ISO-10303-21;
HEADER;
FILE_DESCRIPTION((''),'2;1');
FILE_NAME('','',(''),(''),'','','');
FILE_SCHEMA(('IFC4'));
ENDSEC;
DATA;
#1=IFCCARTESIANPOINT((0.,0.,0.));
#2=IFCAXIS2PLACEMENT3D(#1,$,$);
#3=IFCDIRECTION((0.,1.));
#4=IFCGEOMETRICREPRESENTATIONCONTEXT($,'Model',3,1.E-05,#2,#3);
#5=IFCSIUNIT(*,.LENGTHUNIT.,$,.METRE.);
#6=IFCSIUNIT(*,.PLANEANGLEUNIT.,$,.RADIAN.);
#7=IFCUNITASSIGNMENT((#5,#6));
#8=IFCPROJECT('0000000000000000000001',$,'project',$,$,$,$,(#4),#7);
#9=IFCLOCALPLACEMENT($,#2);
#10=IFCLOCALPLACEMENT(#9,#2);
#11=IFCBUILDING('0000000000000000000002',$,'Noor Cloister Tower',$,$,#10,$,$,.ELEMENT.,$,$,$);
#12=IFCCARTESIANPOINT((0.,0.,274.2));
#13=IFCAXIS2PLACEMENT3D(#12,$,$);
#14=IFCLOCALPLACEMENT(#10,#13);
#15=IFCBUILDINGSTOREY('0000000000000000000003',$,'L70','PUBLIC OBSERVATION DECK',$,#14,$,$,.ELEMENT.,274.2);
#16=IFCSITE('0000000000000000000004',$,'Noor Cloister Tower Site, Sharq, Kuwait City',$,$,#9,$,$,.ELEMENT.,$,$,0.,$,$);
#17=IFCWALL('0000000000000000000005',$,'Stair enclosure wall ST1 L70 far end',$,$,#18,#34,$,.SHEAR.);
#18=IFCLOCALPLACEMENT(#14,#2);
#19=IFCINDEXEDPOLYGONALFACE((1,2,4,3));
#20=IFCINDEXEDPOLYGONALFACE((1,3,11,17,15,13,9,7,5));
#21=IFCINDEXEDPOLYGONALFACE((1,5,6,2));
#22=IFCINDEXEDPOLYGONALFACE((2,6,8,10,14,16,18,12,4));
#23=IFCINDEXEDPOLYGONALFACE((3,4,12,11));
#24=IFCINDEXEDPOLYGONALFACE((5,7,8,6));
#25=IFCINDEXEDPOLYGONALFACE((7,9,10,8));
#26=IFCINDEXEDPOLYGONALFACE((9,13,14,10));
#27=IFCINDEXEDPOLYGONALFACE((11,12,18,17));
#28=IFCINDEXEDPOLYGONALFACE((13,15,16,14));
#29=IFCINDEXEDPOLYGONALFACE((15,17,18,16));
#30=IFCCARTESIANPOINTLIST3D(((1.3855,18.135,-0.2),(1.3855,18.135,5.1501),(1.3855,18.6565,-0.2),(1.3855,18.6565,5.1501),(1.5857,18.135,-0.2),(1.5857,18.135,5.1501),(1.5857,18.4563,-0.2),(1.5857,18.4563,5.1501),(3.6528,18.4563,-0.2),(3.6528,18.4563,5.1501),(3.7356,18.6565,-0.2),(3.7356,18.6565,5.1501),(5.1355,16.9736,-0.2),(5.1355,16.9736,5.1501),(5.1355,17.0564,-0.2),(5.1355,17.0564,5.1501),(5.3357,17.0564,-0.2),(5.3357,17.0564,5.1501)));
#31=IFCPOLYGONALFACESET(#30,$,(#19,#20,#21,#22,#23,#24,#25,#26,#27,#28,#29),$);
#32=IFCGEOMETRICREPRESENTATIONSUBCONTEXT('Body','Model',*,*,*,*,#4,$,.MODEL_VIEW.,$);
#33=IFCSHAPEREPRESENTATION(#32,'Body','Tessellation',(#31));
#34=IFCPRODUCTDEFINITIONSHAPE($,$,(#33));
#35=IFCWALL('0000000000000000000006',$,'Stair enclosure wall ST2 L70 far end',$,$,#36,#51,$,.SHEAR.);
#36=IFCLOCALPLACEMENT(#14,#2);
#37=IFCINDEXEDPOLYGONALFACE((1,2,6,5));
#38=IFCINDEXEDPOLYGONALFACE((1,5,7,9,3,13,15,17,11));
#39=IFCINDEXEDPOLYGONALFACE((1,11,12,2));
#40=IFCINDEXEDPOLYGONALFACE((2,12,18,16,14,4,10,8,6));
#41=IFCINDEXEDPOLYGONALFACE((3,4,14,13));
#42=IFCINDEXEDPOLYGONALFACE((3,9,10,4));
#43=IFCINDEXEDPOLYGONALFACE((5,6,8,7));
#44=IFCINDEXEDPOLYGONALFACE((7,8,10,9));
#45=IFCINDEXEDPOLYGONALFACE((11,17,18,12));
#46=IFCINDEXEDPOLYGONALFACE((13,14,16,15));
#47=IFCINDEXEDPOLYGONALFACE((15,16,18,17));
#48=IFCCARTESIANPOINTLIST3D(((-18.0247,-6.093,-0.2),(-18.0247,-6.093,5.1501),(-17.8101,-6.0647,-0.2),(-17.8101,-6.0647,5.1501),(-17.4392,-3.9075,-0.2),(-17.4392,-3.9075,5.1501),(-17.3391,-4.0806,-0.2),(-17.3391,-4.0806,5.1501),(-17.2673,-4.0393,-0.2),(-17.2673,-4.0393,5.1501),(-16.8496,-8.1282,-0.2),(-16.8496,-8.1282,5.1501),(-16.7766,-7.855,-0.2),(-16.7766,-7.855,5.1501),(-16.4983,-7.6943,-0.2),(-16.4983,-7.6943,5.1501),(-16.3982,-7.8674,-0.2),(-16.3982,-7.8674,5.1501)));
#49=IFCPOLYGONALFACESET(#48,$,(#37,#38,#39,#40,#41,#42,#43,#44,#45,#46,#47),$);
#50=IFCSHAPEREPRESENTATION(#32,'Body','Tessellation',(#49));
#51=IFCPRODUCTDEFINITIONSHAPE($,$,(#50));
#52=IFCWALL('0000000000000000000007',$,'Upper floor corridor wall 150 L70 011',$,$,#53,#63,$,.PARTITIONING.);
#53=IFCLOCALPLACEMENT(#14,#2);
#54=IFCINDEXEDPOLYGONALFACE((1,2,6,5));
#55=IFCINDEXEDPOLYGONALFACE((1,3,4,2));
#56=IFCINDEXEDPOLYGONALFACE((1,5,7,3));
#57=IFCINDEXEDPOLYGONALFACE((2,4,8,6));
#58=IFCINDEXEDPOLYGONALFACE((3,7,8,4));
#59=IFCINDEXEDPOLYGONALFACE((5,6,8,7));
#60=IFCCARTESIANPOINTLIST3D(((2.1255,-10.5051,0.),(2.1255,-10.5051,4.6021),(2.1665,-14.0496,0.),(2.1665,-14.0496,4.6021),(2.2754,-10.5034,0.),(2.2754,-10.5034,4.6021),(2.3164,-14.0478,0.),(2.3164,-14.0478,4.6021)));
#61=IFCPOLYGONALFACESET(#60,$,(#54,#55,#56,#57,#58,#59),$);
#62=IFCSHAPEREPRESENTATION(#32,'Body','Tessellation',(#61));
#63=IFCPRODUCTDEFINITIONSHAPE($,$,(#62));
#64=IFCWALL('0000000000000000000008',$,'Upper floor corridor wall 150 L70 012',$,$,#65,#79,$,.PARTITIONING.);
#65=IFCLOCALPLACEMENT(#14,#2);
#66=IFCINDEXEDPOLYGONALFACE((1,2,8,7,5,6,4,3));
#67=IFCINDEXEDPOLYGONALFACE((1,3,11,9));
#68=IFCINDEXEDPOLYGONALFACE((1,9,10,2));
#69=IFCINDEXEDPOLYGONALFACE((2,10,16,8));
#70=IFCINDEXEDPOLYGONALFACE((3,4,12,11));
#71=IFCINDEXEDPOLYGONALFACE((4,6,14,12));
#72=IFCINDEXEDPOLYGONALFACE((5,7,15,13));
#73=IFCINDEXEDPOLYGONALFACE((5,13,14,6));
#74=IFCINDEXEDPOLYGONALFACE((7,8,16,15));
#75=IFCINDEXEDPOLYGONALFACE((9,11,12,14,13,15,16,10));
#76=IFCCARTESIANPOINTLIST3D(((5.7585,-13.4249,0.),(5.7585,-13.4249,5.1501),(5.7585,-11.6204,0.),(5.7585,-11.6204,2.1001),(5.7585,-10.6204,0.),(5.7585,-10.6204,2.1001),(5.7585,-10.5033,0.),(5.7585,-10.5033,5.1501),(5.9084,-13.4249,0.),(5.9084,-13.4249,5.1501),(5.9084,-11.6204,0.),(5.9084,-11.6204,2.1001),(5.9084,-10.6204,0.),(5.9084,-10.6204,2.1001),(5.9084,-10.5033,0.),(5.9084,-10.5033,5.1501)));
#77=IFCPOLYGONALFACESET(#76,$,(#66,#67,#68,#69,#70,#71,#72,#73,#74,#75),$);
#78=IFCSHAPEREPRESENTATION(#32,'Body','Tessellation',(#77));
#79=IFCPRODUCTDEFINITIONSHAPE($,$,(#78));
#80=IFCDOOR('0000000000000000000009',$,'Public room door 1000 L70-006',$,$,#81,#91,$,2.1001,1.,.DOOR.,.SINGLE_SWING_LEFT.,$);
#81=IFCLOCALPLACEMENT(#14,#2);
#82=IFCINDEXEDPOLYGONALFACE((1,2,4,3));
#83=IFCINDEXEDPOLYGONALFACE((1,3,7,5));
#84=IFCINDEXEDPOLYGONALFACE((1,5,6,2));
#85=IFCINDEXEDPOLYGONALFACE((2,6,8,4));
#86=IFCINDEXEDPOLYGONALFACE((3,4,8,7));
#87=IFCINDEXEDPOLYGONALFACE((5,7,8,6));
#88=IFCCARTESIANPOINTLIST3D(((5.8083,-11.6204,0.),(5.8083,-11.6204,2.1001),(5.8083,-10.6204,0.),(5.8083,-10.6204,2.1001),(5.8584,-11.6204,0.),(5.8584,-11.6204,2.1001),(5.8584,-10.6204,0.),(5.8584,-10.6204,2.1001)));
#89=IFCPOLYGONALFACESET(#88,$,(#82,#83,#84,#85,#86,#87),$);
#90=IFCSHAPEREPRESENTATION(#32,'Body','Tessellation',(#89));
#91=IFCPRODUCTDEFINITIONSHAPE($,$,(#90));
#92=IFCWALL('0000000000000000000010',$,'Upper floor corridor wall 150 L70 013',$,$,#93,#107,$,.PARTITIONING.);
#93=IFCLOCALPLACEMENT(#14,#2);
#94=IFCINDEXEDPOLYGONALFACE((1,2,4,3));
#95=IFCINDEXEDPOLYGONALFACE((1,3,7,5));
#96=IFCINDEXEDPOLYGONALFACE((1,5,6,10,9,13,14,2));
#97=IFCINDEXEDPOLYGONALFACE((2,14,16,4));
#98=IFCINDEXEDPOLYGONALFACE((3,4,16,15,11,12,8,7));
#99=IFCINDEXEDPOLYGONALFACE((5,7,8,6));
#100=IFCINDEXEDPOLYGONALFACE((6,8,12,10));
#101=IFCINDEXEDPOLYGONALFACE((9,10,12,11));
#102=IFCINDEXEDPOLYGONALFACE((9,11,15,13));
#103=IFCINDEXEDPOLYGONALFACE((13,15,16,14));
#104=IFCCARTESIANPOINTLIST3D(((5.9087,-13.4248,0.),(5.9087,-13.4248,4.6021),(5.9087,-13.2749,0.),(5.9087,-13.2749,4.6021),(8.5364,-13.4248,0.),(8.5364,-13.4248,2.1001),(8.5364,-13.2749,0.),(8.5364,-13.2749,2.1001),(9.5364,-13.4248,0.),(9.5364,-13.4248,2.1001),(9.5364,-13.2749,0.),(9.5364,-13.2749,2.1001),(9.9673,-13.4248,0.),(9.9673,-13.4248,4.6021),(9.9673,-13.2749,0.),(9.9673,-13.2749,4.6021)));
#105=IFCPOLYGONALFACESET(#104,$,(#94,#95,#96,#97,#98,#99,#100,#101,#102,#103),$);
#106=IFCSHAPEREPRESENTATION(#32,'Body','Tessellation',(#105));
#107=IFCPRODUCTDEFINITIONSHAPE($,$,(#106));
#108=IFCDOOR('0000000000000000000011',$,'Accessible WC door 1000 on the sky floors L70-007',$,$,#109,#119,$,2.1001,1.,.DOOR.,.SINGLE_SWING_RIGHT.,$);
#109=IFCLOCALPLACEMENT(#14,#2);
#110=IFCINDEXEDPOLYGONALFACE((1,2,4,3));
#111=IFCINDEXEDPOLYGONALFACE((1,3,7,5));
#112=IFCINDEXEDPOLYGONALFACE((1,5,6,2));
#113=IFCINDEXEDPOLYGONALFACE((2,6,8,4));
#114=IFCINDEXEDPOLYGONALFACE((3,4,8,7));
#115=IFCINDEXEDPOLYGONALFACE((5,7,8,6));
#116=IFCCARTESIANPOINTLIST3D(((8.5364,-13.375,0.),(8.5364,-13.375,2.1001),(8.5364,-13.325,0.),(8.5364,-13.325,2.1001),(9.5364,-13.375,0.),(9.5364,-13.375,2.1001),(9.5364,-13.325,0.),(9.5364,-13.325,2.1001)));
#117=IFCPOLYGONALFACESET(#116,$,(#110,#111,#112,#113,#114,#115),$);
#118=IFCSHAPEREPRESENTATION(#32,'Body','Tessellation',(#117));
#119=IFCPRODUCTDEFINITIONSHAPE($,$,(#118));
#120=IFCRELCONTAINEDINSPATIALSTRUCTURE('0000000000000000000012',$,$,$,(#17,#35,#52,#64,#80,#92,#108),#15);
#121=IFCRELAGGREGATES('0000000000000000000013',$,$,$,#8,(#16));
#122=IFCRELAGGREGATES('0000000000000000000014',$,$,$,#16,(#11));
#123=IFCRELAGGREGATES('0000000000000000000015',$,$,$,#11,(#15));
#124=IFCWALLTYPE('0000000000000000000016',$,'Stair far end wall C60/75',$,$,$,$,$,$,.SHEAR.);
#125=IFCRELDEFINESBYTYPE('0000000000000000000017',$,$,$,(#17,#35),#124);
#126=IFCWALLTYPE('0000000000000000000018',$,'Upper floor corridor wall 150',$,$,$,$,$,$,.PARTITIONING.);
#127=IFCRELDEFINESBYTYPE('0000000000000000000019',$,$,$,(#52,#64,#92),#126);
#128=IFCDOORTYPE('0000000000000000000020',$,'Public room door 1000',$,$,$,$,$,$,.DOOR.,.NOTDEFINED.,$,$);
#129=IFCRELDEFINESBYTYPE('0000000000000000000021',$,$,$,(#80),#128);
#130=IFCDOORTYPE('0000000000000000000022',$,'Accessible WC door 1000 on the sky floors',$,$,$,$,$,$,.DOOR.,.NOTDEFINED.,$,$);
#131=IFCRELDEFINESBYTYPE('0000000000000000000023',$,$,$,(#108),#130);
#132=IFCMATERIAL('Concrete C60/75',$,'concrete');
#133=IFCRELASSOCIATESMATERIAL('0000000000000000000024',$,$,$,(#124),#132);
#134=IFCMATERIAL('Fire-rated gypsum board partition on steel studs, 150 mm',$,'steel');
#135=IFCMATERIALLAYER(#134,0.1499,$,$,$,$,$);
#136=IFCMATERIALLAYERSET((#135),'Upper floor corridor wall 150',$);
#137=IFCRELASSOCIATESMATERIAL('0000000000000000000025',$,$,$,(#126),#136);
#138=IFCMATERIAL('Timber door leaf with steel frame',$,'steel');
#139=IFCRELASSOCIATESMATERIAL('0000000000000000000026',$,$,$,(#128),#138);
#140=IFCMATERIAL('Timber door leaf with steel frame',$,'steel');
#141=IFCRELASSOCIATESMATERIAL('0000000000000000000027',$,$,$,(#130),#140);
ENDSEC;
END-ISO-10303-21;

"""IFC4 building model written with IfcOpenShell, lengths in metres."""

from ifc_helpers import new_model, si_unit, direction, frame, frame_2d, origin, place, context, subcontext, project, spatial, polyline, rectangle, outline, extrude, material, layer, layer_set, type_object, element, fill, save


model = new_model("IFC4")

# Units and contexts
model_context = context("Model", 3, precision=1e-05, world=origin(), true_north=direction((0.0, 1.0)))
body_context = subcontext(model_context, "Body", "Model", "MODEL_VIEW")
ifc_project = project(units=[si_unit("LENGTHUNIT", "METRE"), si_unit("PLANEANGLEUNIT", "RADIAN")], contexts=[model_context])

# Site, building, storey
site_placement = place(None, origin())
site = spatial("IfcSite", under=ifc_project, at=site_placement, Name="Noor Cloister Tower Site, Sharq, Kuwait City", CompositionType="ELEMENT", RefElevation=0.0)
building_placement = place(site_placement, origin())
building = spatial("IfcBuilding", under=site, at=building_placement, Name="Noor Cloister Tower", CompositionType="ELEMENT")
storey_placement = place(building_placement, frame((0.0, 0.0, 274.2)))
storey = spatial("IfcBuildingStorey", under=building, at=storey_placement, Name="L70", Description="PUBLIC OBSERVATION DECK", CompositionType="ELEMENT", Elevation=274.2)

# Walls
ifc_material_1 = material(Name="Concrete C60/75", Category="concrete")
wall_type_1 = type_object("IfcWallType", Name="Stair far end wall C60/75", PredefinedType="SHEAR", material=ifc_material_1)
wall_1_placement = place(storey_placement, frame((0.0, 0.0, -0.2)))
element("IfcWall", 1, at=wall_1_placement, inside=storey, type_object=wall_type_1, Name="Stair enclosure wall ST1 L70 far end", PredefinedType="SHEAR", context=body_context, shape_type="SweptSolid", body=[
    extrude(outline(polyline([(5.3357, 17.0564), (3.7356, 18.6565), (1.3855, 18.6565), (1.3855, 18.135), (1.5857, 18.135), (1.5857, 18.4563), (3.6528, 18.4563), (5.1355, 16.9736), (5.1355, 17.0564), (5.1355, 17.0564), (5.1355, 17.0564), (5.1355, 17.0564), (5.1355, 17.0564), (5.1355, 17.0564), (5.1355, 17.0564), (5.1355, 17.0564), (5.1355, 17.0564), (5.1355, 17.0564), (5.1355, 17.0564), (5.1355, 17.0564), (5.1355, 17.0564), (5.1355, 17.0564), (5.1355, 17.0564), (5.1355, 17.0564), (5.1355, 17.0564), (5.3357, 17.0564)])), origin(), (0.0, 0.0, 1.0), 5.3501),
])
wall_2_placement = place(storey_placement, frame((0.0, 0.0, -0.2)))
element("IfcWall", 2, at=wall_2_placement, inside=storey, type_object=wall_type_1, Name="Stair enclosure wall ST2 L70 far end", PredefinedType="SHEAR", context=body_context, shape_type="SweptSolid", body=[
    extrude(outline(polyline([(-17.4392, -3.9075), (-18.0247, -6.093), (-16.8496, -8.1282), (-16.3982, -7.8674), (-16.4983, -7.6943), (-16.4983, -7.6943), (-16.7766, -7.855), (-17.8101, -6.0647), (-17.2673, -4.0393), (-17.3391, -4.0806), (-17.3391, -4.0806), (-17.3391, -4.0806), (-17.3391, -4.0806), (-17.3391, -4.0806), (-17.3391, -4.0806), (-17.3391, -4.0806), (-17.3391, -4.0806), (-17.3391, -4.0806), (-17.3391, -4.0806), (-17.3391, -4.0806), (-17.3391, -4.0806), (-17.3391, -4.0806), (-17.3391, -4.0806), (-17.3391, -4.0806), (-17.3391, -4.0806), (-17.3391, -4.0806), (-17.4392, -3.9075)])), origin(), (0.0, 0.0, 1.0), 5.3501),
])
ifc_material_2 = material(Name="Fire-rated gypsum board partition on steel studs, 150 mm", Category="steel")
ifc_layer_1 = layer(ifc_material_2, 0.1499)
ifc_layer_set_1 = layer_set([ifc_layer_1], Name="Upper floor corridor wall 150")
wall_type_2 = type_object("IfcWallType", Name="Upper floor corridor wall 150", PredefinedType="PARTITIONING", material=ifc_layer_set_1)
wall_3_placement = place(storey_placement, frame((2.2004, -10.5042, 0.0), z_axis=(0.0, 0.0, 1.0), x_axis=(0.011571, -0.999933, 0.0)))
element("IfcWall", 3, at=wall_3_placement, inside=storey, type_object=wall_type_2, Name="Upper floor corridor wall 150 L70 011", PredefinedType="PARTITIONING", context=body_context, shape_type="SweptSolid", body=[
    extrude(rectangle(XDim=3.5447, YDim=0.1499, at=frame_2d((1.7725, 0.0))), origin(), (0.0, 0.0, 1.0), 4.6021),
])

# Walls, openings, doors
wall_4_placement = place(storey_placement, frame((5.8335, -10.5032, 0.0), z_axis=(0.0, 0.0, 1.0), x_axis=(0.0, -1.0, 0.0)))
wall_4 = element("IfcWall", 4, at=wall_4_placement, inside=storey, type_object=wall_type_2, Name="Upper floor corridor wall 150 L70 012", PredefinedType="PARTITIONING", context=body_context, shape_type="SweptSolid", body=[
    extrude(rectangle(XDim=2.9216, YDim=0.1499, at=frame_2d((1.4609, 0.0))), origin(), (0.0, 0.0, 1.0), 5.1501),
])
opening_1_placement = place(wall_4_placement, frame((0.1172, 0.0, 0.0)))
opening_1 = element("IfcOpeningElement", 5, at=opening_1_placement, cuts=wall_4, PredefinedType="OPENING", context=body_context, shape_type="SweptSolid", body=[
    extrude(rectangle(XDim=1.0, YDim=2.1001, at=frame_2d((0.5, 1.05))), frame((0.0, 0.085, 0.0), z_axis=(0.0, -1.0, 0.0), x_axis=(1.0, 0.0, 0.0)), (0.0, 0.0, 1.0), 0.1699),
])
ifc_material_3 = material(Name="Timber door leaf with steel frame", Category="steel")
door_type_1 = type_object("IfcDoorType", Name="Public room door 1000", OperationType="NOTDEFINED", PredefinedType="DOOR", material=ifc_material_3)
door_1_placement = place(opening_1_placement, origin())
door_1 = element("IfcDoor", 6, at=door_1_placement, inside=storey, type_object=door_type_1, Name="Public room door 1000 L70-006", OperationType="SINGLE_SWING_LEFT", OverallHeight=2.1001, OverallWidth=1.0, PredefinedType="DOOR", context=body_context, shape_type="SweptSolid", body=[
    extrude(rectangle(XDim=1.0, YDim=2.1001, at=frame_2d((0.5, 1.05))), frame((0.0, 0.0249, 0.0), z_axis=(0.0, -1.0, 0.0), x_axis=(1.0, 0.0, 0.0)), (0.0, 0.0, 1.0), 0.05),
])
fill(opening_1, door_1)
wall_5_placement = place(storey_placement, frame((5.9087, -13.3499, 0.0), z_axis=(0.0, 0.0, 1.0), x_axis=(1.0, 0.0, 0.0)))
wall_5 = element("IfcWall", 7, at=wall_5_placement, inside=storey, type_object=wall_type_2, Name="Upper floor corridor wall 150 L70 013", PredefinedType="PARTITIONING", context=body_context, shape_type="SweptSolid", body=[
    extrude(rectangle(XDim=4.0586, YDim=0.1499, at=frame_2d((2.0293, 0.0))), origin(), (0.0, 0.0, 1.0), 4.6021),
])
opening_2_placement = place(wall_5_placement, frame((2.6277, 0.0, 0.0)))
opening_2 = element("IfcOpeningElement", 8, at=opening_2_placement, cuts=wall_5, PredefinedType="OPENING", context=body_context, shape_type="SweptSolid", body=[
    extrude(rectangle(XDim=1.0, YDim=2.1001, at=frame_2d((0.5, 1.05))), frame((0.0, 0.085, 0.0), z_axis=(0.0, -1.0, 0.0), x_axis=(1.0, 0.0, 0.0)), (0.0, 0.0, 1.0), 0.1699),
])
ifc_material_4 = material(Name="Timber door leaf with steel frame", Category="steel")
door_type_2 = type_object("IfcDoorType", Name="Accessible WC door 1000 on the sky floors", OperationType="NOTDEFINED", PredefinedType="DOOR", material=ifc_material_4)
door_2_placement = place(opening_2_placement, origin())
door_2 = element("IfcDoor", 9, at=door_2_placement, inside=storey, type_object=door_type_2, Name="Accessible WC door 1000 on the sky floors L70-007", OperationType="SINGLE_SWING_RIGHT", OverallHeight=2.1001, OverallWidth=1.0, PredefinedType="DOOR", context=body_context, shape_type="SweptSolid", body=[
    extrude(rectangle(XDim=1.0, YDim=2.1001, at=frame_2d((0.5, 1.05))), frame((0.0, 0.0249, 0.0), z_axis=(0.0, -1.0, 0.0), x_axis=(1.0, 0.0, 0.0)), (0.0, 0.0, 1.0), 0.05),
])
fill(opening_2, door_2)

save(model, "model.ifc")
